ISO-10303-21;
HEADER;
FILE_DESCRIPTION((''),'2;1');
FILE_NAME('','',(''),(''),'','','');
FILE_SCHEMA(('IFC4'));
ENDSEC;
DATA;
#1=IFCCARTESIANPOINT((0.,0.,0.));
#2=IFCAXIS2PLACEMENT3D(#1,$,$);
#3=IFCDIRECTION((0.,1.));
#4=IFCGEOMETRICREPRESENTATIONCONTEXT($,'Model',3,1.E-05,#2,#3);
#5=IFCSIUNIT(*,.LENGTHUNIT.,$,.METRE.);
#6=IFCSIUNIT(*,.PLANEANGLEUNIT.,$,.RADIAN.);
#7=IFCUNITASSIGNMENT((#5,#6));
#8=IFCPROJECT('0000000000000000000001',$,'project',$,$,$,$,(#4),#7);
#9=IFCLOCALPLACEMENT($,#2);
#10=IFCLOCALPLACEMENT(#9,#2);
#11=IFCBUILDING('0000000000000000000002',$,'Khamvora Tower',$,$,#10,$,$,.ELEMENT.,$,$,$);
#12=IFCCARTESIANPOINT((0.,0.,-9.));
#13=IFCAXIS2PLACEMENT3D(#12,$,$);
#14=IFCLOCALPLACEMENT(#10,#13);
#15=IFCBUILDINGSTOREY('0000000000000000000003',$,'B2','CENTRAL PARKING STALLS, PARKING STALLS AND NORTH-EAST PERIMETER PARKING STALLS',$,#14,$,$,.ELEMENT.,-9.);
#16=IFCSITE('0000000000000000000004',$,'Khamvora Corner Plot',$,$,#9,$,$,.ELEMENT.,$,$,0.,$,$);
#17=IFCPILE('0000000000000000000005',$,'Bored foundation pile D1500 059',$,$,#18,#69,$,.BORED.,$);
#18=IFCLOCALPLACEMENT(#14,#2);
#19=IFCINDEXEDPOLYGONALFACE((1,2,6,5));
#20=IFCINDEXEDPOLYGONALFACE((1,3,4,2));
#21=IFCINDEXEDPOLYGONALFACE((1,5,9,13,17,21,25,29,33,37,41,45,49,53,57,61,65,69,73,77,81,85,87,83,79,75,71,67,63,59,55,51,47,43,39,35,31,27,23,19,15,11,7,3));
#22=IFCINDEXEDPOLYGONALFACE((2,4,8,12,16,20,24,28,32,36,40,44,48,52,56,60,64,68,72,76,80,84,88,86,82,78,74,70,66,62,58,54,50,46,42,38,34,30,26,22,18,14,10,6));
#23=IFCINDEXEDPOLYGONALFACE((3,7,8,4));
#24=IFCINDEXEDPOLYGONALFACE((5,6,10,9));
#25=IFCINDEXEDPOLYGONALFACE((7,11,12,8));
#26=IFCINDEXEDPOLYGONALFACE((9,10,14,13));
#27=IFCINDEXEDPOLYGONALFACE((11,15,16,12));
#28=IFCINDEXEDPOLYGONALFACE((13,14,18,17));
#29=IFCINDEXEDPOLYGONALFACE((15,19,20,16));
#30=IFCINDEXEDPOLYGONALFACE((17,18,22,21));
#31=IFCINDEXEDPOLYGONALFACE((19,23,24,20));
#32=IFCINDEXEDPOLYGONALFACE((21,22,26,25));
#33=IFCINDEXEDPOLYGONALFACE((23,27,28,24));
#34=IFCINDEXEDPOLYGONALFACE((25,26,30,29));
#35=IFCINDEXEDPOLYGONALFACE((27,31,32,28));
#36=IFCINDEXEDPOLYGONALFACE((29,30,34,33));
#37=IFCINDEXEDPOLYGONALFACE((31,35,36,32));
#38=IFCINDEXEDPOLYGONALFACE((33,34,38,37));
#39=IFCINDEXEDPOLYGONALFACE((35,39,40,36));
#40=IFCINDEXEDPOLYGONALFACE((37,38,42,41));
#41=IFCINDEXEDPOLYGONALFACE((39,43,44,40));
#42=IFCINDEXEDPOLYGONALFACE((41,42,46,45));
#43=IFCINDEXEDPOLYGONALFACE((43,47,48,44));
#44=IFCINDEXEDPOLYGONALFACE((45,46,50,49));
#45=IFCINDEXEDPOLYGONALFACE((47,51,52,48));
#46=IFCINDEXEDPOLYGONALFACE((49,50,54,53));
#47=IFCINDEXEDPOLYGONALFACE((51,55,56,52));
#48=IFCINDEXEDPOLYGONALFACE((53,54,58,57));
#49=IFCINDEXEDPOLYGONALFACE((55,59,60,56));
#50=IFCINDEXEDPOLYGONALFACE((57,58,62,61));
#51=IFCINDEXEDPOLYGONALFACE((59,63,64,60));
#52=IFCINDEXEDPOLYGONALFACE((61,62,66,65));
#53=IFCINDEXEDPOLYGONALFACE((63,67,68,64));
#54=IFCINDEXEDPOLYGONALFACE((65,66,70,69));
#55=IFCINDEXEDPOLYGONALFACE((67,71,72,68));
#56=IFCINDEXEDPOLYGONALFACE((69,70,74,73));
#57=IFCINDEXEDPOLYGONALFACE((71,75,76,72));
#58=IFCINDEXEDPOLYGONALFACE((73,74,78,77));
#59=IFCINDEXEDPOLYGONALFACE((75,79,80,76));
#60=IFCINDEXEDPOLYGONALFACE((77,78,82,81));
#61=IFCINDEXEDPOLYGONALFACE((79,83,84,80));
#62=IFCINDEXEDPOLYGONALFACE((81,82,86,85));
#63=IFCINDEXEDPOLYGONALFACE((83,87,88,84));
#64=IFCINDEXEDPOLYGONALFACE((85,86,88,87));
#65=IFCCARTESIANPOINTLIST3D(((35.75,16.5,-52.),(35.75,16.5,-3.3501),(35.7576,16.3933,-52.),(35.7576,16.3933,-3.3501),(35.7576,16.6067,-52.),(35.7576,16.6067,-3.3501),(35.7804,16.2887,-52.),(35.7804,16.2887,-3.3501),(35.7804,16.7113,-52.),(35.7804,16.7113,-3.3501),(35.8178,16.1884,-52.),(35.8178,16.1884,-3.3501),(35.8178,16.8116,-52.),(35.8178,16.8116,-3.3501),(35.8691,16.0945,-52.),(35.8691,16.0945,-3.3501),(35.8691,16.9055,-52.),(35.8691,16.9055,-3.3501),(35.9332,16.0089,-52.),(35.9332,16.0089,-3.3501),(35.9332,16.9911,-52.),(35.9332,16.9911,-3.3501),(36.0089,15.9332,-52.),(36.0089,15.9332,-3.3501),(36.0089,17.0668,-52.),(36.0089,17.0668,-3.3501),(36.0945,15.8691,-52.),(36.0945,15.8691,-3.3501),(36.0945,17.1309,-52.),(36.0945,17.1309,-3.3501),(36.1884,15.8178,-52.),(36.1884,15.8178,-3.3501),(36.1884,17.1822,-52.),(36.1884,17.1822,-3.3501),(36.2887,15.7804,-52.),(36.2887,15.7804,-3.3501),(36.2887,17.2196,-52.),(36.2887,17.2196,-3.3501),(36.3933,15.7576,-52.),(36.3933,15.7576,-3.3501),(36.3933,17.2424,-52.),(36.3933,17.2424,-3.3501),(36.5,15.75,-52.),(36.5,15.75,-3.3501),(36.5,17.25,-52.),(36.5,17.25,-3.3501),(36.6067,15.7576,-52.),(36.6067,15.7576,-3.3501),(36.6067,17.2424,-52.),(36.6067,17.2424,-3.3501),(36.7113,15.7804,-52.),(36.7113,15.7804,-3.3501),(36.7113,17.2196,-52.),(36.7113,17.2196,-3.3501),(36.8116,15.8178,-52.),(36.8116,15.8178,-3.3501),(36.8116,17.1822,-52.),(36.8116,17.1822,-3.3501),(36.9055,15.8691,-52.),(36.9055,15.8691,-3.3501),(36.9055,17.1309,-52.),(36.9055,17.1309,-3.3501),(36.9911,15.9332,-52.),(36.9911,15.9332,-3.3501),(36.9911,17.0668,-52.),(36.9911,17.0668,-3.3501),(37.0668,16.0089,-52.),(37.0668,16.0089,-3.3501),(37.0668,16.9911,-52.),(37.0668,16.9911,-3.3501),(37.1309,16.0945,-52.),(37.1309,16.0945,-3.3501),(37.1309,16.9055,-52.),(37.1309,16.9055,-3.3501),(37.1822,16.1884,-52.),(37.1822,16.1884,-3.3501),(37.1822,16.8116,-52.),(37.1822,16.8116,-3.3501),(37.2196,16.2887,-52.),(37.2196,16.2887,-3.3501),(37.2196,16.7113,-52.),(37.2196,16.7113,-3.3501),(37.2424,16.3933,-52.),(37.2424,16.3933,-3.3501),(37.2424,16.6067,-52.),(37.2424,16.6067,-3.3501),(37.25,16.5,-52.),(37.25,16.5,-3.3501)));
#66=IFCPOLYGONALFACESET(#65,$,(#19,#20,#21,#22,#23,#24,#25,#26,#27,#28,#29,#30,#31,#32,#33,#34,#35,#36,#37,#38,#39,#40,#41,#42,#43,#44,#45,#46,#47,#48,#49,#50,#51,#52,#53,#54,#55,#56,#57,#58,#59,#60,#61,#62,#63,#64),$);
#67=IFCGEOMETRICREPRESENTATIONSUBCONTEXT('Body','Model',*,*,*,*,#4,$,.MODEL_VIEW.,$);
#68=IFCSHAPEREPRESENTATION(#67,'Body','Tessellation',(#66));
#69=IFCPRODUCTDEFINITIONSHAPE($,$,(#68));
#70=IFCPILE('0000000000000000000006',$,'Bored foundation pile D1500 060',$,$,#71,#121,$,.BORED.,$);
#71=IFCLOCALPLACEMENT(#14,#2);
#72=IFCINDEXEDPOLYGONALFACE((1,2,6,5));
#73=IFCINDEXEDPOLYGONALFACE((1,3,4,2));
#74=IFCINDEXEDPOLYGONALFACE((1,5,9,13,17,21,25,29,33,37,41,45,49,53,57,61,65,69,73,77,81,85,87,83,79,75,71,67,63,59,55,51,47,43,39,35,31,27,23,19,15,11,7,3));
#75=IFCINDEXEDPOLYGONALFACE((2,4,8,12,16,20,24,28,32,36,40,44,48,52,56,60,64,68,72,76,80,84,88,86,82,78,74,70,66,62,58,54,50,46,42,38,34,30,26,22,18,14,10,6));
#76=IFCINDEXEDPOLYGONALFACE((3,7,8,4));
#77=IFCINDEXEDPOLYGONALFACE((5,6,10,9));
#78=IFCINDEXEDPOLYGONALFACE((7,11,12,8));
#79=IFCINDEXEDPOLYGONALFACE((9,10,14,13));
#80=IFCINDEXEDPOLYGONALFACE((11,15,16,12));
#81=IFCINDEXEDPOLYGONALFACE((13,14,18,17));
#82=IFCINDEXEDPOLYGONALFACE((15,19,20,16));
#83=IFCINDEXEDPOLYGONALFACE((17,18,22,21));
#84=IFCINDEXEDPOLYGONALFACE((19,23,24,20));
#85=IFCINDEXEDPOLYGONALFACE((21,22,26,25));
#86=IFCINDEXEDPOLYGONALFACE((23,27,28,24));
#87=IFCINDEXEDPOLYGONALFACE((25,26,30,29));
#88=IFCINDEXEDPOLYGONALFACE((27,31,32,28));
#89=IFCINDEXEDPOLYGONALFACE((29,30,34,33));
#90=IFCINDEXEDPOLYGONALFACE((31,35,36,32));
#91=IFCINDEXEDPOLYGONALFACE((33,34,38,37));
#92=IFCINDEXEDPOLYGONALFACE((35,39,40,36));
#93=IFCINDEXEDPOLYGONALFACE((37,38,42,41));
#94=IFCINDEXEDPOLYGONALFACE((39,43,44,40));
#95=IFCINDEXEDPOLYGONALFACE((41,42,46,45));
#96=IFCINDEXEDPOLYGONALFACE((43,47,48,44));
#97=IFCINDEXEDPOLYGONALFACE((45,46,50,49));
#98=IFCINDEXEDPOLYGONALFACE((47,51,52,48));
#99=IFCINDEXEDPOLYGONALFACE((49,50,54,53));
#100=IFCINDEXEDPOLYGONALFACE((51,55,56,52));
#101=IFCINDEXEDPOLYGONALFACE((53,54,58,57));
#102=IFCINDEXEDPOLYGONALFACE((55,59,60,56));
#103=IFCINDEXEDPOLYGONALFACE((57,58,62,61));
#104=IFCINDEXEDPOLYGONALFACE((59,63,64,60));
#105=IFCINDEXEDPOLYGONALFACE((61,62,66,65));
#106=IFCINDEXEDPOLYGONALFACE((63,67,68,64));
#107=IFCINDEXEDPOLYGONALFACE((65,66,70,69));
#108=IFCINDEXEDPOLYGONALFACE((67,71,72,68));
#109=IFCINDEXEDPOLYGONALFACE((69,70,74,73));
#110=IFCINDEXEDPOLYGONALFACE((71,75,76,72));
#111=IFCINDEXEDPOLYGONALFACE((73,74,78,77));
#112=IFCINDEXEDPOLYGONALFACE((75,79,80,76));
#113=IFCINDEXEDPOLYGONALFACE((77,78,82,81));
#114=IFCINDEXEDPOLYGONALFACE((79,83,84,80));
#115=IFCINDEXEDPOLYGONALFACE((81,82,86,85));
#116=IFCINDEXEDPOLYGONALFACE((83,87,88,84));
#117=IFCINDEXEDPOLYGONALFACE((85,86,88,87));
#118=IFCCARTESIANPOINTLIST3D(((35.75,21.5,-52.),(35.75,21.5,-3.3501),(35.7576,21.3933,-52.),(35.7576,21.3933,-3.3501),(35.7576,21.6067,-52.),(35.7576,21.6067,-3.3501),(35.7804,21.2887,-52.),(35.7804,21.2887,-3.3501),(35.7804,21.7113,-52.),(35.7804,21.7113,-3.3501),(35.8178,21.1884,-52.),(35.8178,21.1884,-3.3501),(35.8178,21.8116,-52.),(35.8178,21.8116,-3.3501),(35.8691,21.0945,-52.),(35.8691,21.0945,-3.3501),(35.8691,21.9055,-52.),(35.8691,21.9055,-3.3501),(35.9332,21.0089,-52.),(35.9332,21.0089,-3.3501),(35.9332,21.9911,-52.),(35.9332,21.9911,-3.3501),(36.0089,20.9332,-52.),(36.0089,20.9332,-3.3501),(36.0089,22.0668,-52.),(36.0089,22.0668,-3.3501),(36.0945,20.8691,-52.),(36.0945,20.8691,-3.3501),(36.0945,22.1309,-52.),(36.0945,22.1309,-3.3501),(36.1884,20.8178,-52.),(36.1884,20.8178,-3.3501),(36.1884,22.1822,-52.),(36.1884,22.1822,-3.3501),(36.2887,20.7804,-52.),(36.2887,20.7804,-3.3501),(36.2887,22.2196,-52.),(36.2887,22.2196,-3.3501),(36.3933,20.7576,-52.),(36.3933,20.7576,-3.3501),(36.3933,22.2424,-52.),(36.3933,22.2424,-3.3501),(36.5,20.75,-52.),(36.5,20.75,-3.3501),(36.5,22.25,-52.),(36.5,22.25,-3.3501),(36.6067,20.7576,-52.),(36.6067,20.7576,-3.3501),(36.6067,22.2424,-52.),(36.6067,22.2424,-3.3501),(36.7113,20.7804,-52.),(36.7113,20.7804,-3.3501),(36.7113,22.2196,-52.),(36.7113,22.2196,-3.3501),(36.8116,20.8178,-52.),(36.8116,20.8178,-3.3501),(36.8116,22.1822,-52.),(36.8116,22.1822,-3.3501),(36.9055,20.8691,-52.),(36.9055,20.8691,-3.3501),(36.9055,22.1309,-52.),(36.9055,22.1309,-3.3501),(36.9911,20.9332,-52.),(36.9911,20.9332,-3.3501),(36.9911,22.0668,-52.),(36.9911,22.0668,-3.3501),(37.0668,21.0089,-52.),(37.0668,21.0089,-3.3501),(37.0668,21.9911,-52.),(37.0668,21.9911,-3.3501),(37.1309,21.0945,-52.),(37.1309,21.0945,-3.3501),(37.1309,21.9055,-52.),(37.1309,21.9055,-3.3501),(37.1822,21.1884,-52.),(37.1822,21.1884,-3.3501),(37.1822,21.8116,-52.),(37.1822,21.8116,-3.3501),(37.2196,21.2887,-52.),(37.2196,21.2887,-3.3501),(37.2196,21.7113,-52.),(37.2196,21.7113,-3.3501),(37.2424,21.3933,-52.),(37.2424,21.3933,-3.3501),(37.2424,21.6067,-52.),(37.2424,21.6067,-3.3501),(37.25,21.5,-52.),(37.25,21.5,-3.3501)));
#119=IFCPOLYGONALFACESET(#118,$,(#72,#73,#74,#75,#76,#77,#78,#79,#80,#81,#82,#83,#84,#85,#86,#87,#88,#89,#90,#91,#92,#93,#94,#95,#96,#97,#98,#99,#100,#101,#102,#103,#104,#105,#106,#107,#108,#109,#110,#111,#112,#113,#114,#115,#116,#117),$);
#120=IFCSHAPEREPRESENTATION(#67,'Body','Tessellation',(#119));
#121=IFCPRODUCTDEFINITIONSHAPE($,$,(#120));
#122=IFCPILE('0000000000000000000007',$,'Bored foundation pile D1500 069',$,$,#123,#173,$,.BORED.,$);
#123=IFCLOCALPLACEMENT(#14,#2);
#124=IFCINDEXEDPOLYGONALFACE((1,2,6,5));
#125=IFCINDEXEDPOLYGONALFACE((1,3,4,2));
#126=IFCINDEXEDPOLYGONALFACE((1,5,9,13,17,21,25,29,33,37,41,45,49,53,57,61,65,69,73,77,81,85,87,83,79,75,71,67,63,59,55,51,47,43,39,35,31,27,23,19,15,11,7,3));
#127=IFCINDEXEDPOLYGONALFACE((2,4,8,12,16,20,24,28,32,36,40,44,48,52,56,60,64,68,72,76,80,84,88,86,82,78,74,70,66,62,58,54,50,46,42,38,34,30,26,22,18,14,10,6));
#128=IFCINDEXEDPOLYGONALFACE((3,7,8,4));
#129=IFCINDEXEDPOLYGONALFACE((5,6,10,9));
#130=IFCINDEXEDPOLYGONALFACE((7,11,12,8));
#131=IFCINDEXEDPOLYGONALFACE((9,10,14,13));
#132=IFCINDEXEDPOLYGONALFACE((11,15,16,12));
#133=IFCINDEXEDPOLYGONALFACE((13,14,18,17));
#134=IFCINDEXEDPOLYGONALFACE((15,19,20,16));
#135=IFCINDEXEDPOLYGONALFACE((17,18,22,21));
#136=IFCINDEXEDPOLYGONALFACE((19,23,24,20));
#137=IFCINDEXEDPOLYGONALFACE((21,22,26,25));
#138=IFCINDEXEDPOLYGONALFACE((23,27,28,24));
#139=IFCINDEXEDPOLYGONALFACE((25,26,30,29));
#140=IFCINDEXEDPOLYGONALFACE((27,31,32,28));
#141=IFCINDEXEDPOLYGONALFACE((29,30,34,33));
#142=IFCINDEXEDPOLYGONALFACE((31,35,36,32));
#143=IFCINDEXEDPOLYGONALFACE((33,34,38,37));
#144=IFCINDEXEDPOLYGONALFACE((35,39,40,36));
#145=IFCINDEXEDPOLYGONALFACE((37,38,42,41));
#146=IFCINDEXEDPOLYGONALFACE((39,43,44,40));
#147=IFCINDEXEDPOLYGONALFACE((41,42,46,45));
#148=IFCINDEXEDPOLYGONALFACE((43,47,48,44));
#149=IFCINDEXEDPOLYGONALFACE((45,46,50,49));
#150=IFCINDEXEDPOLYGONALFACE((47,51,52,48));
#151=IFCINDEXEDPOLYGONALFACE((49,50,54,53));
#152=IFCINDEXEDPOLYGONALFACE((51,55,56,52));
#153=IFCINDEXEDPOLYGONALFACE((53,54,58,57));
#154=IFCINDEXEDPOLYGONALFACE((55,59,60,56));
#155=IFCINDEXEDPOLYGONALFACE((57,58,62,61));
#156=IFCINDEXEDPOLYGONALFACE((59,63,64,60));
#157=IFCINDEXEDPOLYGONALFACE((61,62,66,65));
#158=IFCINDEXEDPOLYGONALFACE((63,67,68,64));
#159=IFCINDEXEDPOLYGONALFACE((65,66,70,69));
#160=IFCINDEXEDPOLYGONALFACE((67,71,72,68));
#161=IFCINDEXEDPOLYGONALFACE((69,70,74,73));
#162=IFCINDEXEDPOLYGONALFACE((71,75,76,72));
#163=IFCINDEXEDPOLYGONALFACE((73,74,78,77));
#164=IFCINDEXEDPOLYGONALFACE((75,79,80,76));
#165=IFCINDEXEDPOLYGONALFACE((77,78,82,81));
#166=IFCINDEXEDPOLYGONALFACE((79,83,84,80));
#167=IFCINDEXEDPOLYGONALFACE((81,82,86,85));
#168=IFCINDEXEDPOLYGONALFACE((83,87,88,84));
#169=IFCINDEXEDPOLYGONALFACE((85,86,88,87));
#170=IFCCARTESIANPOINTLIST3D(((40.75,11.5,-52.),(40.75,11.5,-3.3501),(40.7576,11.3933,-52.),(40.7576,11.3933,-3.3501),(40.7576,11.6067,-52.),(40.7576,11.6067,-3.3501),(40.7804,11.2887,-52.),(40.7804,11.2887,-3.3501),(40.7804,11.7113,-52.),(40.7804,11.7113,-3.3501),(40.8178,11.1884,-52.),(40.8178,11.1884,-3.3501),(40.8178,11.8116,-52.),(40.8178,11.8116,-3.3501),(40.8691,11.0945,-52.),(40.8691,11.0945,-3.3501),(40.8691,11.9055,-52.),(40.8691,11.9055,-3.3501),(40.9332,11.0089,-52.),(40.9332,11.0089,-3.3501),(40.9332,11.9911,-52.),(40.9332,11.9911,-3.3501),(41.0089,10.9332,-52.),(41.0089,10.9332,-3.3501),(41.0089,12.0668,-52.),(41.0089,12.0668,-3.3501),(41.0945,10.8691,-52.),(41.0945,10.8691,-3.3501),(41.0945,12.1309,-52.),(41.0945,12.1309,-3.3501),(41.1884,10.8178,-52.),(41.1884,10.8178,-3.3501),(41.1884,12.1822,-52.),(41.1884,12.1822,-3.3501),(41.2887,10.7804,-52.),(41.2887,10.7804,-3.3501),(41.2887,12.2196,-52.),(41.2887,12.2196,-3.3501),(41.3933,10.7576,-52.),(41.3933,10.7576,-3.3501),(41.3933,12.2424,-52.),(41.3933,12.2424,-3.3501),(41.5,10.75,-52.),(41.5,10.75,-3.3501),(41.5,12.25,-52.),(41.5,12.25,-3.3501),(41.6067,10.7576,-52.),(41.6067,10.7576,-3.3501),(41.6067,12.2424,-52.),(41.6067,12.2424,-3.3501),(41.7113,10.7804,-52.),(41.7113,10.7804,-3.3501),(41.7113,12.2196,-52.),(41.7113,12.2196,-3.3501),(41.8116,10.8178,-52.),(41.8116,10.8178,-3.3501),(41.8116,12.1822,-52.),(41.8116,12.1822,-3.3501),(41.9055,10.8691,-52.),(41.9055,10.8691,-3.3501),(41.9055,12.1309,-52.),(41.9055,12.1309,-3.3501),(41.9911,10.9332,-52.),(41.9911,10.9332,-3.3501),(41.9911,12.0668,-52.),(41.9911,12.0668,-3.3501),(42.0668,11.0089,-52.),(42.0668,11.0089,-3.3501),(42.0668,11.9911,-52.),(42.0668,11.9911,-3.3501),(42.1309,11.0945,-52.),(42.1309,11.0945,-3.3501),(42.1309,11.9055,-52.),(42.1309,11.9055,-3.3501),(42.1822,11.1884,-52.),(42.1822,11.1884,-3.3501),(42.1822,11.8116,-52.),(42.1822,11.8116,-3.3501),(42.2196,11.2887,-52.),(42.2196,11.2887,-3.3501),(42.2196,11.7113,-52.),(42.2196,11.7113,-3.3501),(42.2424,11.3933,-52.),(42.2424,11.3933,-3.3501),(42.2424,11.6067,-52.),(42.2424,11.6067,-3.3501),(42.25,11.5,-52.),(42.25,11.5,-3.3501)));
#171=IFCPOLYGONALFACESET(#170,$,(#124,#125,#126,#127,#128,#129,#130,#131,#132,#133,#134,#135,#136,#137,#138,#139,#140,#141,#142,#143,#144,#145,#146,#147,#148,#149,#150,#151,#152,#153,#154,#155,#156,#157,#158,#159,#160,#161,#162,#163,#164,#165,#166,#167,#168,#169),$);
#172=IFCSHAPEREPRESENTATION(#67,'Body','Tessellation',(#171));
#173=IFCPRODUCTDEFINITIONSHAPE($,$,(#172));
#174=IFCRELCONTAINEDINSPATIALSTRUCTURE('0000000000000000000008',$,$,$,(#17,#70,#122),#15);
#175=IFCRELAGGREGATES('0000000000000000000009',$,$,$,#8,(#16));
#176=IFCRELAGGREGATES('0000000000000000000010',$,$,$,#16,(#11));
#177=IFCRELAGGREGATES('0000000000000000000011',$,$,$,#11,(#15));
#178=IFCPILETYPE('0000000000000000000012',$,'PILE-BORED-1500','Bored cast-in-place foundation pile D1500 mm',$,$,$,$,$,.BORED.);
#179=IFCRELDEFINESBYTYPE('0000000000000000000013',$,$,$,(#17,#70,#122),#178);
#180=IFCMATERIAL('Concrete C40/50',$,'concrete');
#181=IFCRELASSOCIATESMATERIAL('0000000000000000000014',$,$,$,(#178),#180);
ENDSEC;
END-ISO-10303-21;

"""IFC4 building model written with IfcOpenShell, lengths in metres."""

from ifc_helpers import new_model, si_unit, direction, frame, origin, origin_2d, place, context, subcontext, project, spatial, circle, extrude, material, material_profile, profile_set, type_object, element, save


model = new_model("IFC4")

# Units and contexts
model_context = context("Model", 3, precision=1e-05, world=origin(), true_north=direction((0.0, 1.0)))
body_context = subcontext(model_context, "Body", "Model", "MODEL_VIEW")
ifc_project = project(units=[si_unit("LENGTHUNIT", "METRE"), si_unit("PLANEANGLEUNIT", "RADIAN")], contexts=[model_context])

# Site, building, storey
site_placement = place(None, origin())
site = spatial("IfcSite", under=ifc_project, at=site_placement, Name="Khamvora Corner Plot", CompositionType="ELEMENT", RefElevation=0.0)
building_placement = place(site_placement, origin())
building = spatial("IfcBuilding", under=site, at=building_placement, Name="Khamvora Tower", CompositionType="ELEMENT")
storey_placement = place(building_placement, frame((0.0, 0.0, -9.0)))
storey = spatial("IfcBuildingStorey", under=building, at=storey_placement, Name="B2", Description="CENTRAL PARKING STALLS, PARKING STALLS AND NORTH-EAST PERIMETER PARKING STALLS", CompositionType="ELEMENT", Elevation=-9.0)

# Piles
ifc_material_1 = material(Name="Concrete C40/50", Category="concrete")
ifc_material_profile_1 = material_profile(ifc_material_1, circle(Radius=0.75, at=origin_2d()), Name="PILE_D1500")
ifc_profile_set_1 = profile_set([ifc_material_profile_1], Name="Concrete C40/50")
pile_type = type_object("IfcPileType", Name="PILE-BORED-1500", Description="Bored cast-in-place foundation pile D1500 mm", PredefinedType="BORED", material=ifc_profile_set_1)
for number, where, z_axis, x_axis, name in (
    (1, (36.5, 16.5, -3.3501), (0.0, 0.0, -1.0), (1.0, 0.0, 0.0), "Bored foundation pile D1500 059"),
    (2, (36.5, 21.5, -3.3501), (0.0, 0.0, -1.0), (1.0, 0.0, 0.0), "Bored foundation pile D1500 060"),
    (3, (41.5, 11.5, -3.3501), (0.0, 0.0, -1.0), (1.0, 0.0, 0.0), "Bored foundation pile D1500 069"),
):
    element("IfcPile", number, at=place(storey_placement, frame(where, z_axis=z_axis, x_axis=x_axis)), inside=storey, type_object=pile_type, Name=name, PredefinedType="BORED", context=body_context, shape_type="SweptSolid", body=[
        extrude(circle(Radius=0.75, at=origin_2d()), origin(), (0.0, 0.0, 1.0), 48.6499),
    ])

save(model, "model.ifc")
